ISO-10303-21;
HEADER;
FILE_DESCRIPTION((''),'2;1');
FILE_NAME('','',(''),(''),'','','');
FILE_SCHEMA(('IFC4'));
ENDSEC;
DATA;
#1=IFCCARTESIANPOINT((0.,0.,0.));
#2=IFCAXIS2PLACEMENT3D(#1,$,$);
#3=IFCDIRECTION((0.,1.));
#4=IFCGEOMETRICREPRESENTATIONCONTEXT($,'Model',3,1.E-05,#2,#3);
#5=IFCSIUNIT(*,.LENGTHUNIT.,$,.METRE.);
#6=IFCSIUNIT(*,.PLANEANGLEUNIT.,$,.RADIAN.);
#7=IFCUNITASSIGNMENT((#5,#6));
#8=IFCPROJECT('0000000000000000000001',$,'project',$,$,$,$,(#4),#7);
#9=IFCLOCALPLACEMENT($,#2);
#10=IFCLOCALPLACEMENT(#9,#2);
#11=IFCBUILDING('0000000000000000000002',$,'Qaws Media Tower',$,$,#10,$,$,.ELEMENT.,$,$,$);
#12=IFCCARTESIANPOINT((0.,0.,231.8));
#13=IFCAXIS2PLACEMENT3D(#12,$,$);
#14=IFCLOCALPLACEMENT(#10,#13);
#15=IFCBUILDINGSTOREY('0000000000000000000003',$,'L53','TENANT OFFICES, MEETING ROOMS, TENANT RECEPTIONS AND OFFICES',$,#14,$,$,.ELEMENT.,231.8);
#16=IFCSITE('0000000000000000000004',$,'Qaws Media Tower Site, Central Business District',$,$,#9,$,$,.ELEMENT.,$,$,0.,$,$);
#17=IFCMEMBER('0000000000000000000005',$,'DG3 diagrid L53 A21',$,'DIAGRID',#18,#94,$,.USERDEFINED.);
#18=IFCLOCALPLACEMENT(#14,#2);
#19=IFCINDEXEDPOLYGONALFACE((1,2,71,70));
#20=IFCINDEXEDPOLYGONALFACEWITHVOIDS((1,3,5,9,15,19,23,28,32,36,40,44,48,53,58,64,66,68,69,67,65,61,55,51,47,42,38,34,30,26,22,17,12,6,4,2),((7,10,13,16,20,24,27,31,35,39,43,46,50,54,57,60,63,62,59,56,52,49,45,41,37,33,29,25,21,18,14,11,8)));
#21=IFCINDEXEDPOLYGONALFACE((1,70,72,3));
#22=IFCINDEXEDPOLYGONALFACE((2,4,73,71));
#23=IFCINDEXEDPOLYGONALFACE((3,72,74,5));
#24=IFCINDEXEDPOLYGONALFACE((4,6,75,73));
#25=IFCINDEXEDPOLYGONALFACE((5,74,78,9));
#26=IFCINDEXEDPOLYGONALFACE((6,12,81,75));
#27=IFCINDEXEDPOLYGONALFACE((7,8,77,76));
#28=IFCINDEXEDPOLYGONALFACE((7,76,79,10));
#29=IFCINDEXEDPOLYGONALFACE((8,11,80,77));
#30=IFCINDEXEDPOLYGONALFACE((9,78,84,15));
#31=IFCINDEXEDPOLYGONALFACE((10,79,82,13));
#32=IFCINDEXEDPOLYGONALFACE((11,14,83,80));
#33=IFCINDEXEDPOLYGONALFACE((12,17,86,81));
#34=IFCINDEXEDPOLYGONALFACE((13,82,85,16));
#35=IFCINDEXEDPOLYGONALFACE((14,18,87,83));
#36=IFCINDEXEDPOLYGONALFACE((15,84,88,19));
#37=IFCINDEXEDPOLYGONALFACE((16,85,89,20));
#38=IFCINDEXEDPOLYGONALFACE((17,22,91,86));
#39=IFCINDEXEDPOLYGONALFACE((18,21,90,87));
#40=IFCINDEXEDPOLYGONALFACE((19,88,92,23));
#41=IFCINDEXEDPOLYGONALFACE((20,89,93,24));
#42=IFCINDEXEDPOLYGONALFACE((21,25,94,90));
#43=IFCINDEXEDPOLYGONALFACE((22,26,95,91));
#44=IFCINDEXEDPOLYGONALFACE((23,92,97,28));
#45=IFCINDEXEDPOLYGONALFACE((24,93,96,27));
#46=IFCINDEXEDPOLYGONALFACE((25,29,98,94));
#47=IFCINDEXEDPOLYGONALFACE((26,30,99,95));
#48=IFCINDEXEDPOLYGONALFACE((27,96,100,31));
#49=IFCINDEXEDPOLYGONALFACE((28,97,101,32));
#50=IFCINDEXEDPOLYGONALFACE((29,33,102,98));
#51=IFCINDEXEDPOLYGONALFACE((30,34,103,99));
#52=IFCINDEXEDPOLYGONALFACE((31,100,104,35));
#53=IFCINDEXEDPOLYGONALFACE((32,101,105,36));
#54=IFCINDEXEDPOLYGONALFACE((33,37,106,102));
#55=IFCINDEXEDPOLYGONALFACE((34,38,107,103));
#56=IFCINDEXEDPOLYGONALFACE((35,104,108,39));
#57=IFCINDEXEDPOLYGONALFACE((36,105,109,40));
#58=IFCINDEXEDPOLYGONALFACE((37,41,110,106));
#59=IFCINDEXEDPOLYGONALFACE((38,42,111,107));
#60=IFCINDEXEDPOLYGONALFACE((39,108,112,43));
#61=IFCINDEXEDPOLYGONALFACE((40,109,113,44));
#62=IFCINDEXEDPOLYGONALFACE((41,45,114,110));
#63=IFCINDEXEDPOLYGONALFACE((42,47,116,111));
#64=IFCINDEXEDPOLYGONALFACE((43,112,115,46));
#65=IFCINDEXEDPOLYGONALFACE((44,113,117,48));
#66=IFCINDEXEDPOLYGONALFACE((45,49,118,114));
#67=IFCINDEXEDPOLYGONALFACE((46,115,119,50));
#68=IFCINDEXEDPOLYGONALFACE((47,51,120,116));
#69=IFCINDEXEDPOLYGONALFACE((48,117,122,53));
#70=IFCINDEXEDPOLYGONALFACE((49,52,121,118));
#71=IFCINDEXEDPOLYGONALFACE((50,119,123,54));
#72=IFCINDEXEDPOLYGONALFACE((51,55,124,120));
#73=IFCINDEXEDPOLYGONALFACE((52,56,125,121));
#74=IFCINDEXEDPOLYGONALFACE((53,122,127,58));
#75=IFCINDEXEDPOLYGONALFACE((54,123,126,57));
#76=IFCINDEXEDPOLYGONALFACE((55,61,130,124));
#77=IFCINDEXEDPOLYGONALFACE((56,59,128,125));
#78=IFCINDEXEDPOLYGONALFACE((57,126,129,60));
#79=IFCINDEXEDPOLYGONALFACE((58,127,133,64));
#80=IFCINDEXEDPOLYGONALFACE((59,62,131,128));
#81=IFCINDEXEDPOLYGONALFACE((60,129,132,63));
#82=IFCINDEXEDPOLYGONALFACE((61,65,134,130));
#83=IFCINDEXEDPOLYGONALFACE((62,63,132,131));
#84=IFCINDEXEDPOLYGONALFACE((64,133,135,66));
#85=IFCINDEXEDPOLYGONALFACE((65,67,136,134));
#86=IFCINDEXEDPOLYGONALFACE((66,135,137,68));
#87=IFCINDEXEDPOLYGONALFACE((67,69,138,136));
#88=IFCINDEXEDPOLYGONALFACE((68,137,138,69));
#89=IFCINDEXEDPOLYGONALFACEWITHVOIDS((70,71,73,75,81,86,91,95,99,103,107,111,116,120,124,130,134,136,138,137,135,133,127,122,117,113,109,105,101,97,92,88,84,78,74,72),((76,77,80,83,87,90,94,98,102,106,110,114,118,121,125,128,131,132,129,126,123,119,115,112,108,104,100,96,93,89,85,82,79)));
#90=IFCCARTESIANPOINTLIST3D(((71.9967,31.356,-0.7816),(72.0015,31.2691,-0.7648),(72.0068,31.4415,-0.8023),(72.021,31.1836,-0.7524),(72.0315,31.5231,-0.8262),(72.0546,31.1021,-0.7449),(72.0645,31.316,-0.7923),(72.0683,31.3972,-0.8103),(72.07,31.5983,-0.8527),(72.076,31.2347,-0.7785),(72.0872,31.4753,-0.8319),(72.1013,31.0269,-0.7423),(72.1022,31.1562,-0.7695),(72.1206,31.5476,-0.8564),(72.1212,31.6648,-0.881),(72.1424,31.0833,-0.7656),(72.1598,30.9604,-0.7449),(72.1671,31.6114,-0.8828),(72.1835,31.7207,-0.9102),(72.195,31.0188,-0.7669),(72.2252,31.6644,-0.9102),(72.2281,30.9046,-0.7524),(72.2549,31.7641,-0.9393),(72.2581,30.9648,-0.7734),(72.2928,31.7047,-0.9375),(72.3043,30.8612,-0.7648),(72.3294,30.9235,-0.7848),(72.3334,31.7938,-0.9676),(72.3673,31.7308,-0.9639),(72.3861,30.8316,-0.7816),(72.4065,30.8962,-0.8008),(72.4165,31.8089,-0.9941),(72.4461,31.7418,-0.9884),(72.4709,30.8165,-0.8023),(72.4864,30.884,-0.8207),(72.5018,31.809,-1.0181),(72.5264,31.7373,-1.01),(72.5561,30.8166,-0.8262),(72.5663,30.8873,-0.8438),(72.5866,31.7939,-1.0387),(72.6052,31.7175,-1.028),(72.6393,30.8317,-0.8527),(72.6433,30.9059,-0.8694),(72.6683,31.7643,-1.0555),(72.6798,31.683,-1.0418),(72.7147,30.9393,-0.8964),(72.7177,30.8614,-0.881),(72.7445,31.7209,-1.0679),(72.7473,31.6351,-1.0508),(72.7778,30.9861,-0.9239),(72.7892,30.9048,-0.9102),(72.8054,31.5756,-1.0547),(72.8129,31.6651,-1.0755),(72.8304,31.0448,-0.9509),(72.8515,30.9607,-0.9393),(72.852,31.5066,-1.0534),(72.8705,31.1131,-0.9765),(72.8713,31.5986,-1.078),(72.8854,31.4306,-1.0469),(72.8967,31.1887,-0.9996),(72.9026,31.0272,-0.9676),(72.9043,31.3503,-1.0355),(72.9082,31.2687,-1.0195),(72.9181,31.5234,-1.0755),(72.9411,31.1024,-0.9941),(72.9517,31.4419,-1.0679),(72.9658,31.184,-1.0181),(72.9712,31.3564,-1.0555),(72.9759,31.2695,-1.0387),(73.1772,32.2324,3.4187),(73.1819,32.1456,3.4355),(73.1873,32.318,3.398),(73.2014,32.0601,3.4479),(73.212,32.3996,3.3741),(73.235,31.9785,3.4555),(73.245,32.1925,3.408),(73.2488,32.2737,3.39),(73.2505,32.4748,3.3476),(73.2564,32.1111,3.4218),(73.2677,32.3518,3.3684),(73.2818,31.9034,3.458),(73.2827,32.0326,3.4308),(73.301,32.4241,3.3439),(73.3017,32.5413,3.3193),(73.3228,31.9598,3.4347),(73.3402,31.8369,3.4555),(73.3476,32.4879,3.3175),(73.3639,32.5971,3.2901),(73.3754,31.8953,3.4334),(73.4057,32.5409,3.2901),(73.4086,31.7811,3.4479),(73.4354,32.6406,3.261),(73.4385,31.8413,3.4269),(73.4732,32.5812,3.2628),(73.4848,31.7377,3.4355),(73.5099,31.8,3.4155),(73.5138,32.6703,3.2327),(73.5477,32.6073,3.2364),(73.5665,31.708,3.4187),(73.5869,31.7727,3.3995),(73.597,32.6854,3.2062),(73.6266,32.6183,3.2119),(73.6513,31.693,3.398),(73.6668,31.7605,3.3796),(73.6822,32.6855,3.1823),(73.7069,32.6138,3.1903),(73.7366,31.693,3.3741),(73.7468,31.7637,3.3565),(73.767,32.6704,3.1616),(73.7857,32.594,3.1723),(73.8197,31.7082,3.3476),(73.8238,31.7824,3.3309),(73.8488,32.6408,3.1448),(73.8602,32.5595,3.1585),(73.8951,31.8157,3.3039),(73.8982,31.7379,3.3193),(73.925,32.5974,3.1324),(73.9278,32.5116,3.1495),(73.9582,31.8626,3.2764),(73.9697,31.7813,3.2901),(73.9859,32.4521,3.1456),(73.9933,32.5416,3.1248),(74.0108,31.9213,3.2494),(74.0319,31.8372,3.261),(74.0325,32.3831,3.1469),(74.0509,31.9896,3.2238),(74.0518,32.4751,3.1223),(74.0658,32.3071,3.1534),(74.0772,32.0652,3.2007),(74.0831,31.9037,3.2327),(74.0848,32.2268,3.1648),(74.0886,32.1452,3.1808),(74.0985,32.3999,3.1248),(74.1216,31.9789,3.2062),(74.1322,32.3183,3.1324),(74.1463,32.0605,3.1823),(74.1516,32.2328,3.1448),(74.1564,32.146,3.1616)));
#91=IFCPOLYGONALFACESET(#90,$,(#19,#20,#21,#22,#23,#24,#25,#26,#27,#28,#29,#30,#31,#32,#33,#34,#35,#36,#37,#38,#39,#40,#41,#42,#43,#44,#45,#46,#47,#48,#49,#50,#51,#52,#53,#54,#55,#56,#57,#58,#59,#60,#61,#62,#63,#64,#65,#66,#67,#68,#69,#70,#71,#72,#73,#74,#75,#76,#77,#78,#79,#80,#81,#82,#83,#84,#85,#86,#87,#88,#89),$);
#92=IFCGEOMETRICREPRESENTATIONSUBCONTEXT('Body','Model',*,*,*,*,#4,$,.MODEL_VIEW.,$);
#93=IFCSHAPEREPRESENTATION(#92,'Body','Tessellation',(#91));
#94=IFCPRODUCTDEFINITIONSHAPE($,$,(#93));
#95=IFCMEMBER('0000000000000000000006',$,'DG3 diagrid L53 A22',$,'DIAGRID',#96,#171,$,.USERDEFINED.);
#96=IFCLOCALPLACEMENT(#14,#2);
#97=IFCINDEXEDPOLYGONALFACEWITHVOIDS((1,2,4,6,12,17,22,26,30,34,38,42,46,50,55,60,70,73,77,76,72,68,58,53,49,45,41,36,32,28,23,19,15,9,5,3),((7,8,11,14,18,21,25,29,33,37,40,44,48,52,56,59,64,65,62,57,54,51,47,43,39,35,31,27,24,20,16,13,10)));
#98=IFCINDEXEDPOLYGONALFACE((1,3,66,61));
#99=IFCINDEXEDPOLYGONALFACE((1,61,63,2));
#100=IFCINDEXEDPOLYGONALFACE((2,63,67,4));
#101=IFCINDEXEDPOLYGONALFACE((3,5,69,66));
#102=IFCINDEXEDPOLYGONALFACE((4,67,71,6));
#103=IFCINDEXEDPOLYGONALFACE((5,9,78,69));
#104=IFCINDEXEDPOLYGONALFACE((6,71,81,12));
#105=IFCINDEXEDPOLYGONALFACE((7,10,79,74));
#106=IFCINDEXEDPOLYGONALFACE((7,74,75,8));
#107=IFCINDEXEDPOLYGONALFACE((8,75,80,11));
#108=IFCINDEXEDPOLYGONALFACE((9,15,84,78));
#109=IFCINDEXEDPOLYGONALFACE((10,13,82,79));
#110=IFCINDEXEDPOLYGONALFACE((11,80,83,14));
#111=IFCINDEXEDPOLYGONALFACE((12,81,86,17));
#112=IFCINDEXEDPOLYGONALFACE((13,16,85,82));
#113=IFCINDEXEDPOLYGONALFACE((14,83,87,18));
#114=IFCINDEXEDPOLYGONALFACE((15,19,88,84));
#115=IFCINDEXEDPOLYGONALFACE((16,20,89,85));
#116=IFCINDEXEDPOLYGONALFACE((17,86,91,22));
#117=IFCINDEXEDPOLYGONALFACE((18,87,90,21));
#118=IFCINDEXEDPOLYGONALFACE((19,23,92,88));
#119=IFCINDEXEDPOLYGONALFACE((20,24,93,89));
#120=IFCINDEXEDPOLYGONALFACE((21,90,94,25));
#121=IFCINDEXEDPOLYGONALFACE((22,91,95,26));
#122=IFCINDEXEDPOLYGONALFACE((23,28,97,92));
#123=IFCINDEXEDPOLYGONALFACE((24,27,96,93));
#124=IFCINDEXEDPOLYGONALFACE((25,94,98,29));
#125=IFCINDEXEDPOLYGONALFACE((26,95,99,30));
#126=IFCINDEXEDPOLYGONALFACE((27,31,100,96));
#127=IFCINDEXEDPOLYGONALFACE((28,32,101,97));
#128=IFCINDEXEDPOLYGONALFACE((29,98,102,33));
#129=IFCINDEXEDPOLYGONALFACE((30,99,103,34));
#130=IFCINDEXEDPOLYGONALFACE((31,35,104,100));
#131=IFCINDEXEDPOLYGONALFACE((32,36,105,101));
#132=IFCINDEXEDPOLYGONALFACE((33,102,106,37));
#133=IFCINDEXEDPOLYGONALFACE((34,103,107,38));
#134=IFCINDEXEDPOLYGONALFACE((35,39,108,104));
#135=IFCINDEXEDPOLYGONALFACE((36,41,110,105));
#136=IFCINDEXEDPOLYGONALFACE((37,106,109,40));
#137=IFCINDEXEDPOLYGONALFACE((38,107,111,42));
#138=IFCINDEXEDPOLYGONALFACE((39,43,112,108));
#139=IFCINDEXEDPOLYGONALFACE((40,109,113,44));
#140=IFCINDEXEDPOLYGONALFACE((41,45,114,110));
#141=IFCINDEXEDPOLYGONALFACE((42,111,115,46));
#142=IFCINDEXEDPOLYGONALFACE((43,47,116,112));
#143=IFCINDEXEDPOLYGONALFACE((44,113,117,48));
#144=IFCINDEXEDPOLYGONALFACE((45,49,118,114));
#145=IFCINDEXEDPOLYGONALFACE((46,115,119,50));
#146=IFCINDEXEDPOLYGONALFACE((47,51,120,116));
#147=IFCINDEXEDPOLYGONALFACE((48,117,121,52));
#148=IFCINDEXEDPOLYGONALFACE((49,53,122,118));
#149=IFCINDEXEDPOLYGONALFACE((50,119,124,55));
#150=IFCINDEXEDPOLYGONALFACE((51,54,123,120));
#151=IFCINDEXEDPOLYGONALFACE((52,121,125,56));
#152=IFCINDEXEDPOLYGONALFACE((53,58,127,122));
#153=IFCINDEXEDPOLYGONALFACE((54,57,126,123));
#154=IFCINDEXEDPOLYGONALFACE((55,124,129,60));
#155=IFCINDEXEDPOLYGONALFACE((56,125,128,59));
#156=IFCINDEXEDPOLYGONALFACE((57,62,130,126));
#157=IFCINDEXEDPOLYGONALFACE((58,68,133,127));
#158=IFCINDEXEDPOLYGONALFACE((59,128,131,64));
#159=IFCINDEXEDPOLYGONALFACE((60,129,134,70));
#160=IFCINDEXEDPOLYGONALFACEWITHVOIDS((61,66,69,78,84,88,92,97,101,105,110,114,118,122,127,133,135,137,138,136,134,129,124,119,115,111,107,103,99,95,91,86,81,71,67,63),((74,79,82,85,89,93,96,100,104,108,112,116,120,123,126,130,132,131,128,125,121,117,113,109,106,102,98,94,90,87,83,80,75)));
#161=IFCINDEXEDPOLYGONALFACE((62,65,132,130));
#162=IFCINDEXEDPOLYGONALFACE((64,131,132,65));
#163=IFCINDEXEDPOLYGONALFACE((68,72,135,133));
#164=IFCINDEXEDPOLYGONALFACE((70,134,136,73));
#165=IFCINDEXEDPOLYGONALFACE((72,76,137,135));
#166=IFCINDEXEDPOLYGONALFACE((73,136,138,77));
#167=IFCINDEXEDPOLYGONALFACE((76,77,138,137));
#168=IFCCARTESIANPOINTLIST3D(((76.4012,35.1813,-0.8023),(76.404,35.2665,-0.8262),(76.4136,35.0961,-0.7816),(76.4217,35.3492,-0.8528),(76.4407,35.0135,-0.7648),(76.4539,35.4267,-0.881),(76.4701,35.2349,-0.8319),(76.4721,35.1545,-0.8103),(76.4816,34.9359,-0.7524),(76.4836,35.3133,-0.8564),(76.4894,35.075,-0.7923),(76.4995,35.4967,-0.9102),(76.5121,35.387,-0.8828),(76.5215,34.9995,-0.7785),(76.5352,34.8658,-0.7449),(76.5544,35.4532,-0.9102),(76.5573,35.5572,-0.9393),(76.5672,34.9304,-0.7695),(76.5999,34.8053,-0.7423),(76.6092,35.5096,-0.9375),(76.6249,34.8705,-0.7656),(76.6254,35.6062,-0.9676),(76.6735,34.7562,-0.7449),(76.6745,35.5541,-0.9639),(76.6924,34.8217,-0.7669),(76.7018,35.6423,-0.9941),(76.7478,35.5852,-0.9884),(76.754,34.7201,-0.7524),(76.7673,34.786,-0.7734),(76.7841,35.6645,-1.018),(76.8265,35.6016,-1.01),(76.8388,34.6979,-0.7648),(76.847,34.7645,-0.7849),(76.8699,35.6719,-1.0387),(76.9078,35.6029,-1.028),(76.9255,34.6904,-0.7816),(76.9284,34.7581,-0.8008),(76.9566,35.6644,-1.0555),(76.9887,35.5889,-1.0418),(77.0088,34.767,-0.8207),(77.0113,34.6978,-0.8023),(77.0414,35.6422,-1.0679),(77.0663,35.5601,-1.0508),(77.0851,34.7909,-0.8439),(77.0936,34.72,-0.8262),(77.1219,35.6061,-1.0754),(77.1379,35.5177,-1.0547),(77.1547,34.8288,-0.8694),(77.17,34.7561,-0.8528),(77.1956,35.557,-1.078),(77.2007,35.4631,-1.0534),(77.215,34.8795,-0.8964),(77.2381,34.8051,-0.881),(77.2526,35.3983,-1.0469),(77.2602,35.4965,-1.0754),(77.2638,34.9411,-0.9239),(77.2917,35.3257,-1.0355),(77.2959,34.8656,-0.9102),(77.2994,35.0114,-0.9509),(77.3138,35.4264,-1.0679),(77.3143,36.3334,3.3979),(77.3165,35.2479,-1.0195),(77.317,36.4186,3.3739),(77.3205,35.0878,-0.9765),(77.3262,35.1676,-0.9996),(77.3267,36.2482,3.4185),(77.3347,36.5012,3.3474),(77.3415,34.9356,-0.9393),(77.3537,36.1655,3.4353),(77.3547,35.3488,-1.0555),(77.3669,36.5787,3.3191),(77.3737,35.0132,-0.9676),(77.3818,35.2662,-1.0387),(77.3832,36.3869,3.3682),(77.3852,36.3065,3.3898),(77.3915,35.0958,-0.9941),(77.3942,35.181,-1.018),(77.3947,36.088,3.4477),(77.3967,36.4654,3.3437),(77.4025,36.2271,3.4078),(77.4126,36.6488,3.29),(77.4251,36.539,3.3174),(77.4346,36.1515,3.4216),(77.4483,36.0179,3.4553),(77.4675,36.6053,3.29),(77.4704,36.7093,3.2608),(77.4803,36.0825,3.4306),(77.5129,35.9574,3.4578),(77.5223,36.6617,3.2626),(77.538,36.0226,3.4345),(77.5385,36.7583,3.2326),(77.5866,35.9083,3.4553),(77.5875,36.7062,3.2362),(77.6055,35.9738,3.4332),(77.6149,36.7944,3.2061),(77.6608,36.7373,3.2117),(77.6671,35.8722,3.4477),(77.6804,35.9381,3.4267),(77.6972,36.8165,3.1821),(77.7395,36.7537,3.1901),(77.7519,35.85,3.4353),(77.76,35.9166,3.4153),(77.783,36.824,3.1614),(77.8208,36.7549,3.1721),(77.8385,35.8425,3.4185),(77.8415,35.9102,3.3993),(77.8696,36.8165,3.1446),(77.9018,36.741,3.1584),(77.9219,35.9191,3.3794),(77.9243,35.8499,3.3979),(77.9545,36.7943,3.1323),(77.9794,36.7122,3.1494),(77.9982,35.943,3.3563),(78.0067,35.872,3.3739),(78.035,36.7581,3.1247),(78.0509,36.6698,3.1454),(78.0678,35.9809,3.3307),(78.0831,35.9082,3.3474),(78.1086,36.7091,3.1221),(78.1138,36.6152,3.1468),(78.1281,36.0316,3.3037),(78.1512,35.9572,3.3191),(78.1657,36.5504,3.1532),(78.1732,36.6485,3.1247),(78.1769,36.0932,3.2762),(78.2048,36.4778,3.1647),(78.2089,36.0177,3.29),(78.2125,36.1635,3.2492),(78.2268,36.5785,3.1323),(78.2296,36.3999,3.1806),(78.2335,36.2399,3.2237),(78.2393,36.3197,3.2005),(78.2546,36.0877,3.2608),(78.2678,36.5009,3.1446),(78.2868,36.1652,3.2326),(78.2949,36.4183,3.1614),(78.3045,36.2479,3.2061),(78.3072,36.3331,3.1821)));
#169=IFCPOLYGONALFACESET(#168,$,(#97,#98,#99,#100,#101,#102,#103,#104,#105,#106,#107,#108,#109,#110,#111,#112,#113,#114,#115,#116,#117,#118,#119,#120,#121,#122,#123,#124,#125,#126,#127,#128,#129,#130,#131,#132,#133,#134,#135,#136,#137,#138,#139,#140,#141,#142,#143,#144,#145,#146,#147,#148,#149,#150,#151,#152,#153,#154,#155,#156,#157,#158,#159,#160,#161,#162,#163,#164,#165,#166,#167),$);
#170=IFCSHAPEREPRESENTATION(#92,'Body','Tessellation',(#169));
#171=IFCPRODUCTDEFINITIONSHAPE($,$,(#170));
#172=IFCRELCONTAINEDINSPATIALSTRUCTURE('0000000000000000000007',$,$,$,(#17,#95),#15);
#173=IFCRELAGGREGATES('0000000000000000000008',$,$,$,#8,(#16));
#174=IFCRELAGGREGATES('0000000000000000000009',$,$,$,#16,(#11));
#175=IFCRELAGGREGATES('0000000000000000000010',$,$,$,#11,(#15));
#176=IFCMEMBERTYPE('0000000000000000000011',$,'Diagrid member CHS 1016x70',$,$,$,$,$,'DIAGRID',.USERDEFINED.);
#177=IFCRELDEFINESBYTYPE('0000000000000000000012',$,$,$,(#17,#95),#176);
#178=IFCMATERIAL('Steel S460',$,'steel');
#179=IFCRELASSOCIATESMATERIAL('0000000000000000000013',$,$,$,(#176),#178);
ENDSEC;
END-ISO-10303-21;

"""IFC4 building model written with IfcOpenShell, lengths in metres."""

from ifc_helpers import new_model, si_unit, direction, frame, origin, origin_2d, place, context, subcontext, project, spatial, hollow_circle, extrude, material, material_profile, profile_set, type_object, element, save


model = new_model("IFC4")

# Units and contexts
model_context = context("Model", 3, precision=1e-05, world=origin(), true_north=direction((0.0, 1.0)))
body_context = subcontext(model_context, "Body", "Model", "MODEL_VIEW")
ifc_project = project(units=[si_unit("LENGTHUNIT", "METRE"), si_unit("PLANEANGLEUNIT", "RADIAN")], contexts=[model_context])

# Site, building, storey
site_placement = place(None, origin())
site = spatial("IfcSite", under=ifc_project, at=site_placement, Name="Qaws Media Tower Site, Central Business District", CompositionType="ELEMENT", RefElevation=0.0)
building_placement = place(site_placement, origin())
building = spatial("IfcBuilding", under=site, at=building_placement, Name="Qaws Media Tower", CompositionType="ELEMENT")
storey_placement = place(building_placement, frame((0.0, 0.0, 231.8)))
storey = spatial("IfcBuildingStorey", under=building, at=storey_placement, Name="L53", Description="TENANT OFFICES, MEETING ROOMS, TENANT RECEPTIONS AND OFFICES", CompositionType="ELEMENT", Elevation=231.8)

# Members
ifc_material_1 = material(Name="Steel S460", Category="steel")
ifc_material_profile_1 = material_profile(ifc_material_1, hollow_circle(Radius=0.5081, WallThickness=0.0701, at=origin_2d()), Name="CHS 1016x70")
ifc_profile_set_1 = profile_set([ifc_material_profile_1], Name="Steel S460")
member_type_1 = type_object("IfcMemberType", Name="Diagrid member CHS 1016x70", ElementType="DIAGRID", PredefinedType="USERDEFINED", material=ifc_profile_set_1)
member_1_placement = place(storey_placement, frame((72.4863, 31.3127, -0.9102), z_axis=(0.265258, 0.196955, 0.943847), x_axis=(-0.596141, 0.80288, 0.0)))
element("IfcMember", 1, at=member_1_placement, inside=storey, type_object=member_type_1, Name="DG3 diagrid L53 A21", ObjectType="DIAGRID", PredefinedType="USERDEFINED", context=body_context, shape_type="SweptSolid", body=[
    extrude(hollow_circle(Radius=0.5081, WallThickness=0.0701, at=origin_2d()), origin(), (0.0, 0.0, 1.0), 4.4502),
])
for number, where, z_axis, x_axis, name in (
    (2, (76.8977, 35.1812, -0.9102), (0.205187, 0.258897, 0.943859), (-0.783712, 0.621124, 0.0), "DG3 diagrid L53 A22"),
):
    element("IfcMember", number, at=place(storey_placement, frame(where, z_axis=z_axis, x_axis=x_axis)), inside=storey, type_object=member_type_1, Name=name, ObjectType="DIAGRID", PredefinedType="USERDEFINED", context=body_context, shape_type="SweptSolid", body=[
        extrude(hollow_circle(Radius=0.5081, WallThickness=0.0701, at=origin_2d()), origin(), (0.0, 0.0, 1.0), 4.45),
    ])

save(model, "model.ifc")
